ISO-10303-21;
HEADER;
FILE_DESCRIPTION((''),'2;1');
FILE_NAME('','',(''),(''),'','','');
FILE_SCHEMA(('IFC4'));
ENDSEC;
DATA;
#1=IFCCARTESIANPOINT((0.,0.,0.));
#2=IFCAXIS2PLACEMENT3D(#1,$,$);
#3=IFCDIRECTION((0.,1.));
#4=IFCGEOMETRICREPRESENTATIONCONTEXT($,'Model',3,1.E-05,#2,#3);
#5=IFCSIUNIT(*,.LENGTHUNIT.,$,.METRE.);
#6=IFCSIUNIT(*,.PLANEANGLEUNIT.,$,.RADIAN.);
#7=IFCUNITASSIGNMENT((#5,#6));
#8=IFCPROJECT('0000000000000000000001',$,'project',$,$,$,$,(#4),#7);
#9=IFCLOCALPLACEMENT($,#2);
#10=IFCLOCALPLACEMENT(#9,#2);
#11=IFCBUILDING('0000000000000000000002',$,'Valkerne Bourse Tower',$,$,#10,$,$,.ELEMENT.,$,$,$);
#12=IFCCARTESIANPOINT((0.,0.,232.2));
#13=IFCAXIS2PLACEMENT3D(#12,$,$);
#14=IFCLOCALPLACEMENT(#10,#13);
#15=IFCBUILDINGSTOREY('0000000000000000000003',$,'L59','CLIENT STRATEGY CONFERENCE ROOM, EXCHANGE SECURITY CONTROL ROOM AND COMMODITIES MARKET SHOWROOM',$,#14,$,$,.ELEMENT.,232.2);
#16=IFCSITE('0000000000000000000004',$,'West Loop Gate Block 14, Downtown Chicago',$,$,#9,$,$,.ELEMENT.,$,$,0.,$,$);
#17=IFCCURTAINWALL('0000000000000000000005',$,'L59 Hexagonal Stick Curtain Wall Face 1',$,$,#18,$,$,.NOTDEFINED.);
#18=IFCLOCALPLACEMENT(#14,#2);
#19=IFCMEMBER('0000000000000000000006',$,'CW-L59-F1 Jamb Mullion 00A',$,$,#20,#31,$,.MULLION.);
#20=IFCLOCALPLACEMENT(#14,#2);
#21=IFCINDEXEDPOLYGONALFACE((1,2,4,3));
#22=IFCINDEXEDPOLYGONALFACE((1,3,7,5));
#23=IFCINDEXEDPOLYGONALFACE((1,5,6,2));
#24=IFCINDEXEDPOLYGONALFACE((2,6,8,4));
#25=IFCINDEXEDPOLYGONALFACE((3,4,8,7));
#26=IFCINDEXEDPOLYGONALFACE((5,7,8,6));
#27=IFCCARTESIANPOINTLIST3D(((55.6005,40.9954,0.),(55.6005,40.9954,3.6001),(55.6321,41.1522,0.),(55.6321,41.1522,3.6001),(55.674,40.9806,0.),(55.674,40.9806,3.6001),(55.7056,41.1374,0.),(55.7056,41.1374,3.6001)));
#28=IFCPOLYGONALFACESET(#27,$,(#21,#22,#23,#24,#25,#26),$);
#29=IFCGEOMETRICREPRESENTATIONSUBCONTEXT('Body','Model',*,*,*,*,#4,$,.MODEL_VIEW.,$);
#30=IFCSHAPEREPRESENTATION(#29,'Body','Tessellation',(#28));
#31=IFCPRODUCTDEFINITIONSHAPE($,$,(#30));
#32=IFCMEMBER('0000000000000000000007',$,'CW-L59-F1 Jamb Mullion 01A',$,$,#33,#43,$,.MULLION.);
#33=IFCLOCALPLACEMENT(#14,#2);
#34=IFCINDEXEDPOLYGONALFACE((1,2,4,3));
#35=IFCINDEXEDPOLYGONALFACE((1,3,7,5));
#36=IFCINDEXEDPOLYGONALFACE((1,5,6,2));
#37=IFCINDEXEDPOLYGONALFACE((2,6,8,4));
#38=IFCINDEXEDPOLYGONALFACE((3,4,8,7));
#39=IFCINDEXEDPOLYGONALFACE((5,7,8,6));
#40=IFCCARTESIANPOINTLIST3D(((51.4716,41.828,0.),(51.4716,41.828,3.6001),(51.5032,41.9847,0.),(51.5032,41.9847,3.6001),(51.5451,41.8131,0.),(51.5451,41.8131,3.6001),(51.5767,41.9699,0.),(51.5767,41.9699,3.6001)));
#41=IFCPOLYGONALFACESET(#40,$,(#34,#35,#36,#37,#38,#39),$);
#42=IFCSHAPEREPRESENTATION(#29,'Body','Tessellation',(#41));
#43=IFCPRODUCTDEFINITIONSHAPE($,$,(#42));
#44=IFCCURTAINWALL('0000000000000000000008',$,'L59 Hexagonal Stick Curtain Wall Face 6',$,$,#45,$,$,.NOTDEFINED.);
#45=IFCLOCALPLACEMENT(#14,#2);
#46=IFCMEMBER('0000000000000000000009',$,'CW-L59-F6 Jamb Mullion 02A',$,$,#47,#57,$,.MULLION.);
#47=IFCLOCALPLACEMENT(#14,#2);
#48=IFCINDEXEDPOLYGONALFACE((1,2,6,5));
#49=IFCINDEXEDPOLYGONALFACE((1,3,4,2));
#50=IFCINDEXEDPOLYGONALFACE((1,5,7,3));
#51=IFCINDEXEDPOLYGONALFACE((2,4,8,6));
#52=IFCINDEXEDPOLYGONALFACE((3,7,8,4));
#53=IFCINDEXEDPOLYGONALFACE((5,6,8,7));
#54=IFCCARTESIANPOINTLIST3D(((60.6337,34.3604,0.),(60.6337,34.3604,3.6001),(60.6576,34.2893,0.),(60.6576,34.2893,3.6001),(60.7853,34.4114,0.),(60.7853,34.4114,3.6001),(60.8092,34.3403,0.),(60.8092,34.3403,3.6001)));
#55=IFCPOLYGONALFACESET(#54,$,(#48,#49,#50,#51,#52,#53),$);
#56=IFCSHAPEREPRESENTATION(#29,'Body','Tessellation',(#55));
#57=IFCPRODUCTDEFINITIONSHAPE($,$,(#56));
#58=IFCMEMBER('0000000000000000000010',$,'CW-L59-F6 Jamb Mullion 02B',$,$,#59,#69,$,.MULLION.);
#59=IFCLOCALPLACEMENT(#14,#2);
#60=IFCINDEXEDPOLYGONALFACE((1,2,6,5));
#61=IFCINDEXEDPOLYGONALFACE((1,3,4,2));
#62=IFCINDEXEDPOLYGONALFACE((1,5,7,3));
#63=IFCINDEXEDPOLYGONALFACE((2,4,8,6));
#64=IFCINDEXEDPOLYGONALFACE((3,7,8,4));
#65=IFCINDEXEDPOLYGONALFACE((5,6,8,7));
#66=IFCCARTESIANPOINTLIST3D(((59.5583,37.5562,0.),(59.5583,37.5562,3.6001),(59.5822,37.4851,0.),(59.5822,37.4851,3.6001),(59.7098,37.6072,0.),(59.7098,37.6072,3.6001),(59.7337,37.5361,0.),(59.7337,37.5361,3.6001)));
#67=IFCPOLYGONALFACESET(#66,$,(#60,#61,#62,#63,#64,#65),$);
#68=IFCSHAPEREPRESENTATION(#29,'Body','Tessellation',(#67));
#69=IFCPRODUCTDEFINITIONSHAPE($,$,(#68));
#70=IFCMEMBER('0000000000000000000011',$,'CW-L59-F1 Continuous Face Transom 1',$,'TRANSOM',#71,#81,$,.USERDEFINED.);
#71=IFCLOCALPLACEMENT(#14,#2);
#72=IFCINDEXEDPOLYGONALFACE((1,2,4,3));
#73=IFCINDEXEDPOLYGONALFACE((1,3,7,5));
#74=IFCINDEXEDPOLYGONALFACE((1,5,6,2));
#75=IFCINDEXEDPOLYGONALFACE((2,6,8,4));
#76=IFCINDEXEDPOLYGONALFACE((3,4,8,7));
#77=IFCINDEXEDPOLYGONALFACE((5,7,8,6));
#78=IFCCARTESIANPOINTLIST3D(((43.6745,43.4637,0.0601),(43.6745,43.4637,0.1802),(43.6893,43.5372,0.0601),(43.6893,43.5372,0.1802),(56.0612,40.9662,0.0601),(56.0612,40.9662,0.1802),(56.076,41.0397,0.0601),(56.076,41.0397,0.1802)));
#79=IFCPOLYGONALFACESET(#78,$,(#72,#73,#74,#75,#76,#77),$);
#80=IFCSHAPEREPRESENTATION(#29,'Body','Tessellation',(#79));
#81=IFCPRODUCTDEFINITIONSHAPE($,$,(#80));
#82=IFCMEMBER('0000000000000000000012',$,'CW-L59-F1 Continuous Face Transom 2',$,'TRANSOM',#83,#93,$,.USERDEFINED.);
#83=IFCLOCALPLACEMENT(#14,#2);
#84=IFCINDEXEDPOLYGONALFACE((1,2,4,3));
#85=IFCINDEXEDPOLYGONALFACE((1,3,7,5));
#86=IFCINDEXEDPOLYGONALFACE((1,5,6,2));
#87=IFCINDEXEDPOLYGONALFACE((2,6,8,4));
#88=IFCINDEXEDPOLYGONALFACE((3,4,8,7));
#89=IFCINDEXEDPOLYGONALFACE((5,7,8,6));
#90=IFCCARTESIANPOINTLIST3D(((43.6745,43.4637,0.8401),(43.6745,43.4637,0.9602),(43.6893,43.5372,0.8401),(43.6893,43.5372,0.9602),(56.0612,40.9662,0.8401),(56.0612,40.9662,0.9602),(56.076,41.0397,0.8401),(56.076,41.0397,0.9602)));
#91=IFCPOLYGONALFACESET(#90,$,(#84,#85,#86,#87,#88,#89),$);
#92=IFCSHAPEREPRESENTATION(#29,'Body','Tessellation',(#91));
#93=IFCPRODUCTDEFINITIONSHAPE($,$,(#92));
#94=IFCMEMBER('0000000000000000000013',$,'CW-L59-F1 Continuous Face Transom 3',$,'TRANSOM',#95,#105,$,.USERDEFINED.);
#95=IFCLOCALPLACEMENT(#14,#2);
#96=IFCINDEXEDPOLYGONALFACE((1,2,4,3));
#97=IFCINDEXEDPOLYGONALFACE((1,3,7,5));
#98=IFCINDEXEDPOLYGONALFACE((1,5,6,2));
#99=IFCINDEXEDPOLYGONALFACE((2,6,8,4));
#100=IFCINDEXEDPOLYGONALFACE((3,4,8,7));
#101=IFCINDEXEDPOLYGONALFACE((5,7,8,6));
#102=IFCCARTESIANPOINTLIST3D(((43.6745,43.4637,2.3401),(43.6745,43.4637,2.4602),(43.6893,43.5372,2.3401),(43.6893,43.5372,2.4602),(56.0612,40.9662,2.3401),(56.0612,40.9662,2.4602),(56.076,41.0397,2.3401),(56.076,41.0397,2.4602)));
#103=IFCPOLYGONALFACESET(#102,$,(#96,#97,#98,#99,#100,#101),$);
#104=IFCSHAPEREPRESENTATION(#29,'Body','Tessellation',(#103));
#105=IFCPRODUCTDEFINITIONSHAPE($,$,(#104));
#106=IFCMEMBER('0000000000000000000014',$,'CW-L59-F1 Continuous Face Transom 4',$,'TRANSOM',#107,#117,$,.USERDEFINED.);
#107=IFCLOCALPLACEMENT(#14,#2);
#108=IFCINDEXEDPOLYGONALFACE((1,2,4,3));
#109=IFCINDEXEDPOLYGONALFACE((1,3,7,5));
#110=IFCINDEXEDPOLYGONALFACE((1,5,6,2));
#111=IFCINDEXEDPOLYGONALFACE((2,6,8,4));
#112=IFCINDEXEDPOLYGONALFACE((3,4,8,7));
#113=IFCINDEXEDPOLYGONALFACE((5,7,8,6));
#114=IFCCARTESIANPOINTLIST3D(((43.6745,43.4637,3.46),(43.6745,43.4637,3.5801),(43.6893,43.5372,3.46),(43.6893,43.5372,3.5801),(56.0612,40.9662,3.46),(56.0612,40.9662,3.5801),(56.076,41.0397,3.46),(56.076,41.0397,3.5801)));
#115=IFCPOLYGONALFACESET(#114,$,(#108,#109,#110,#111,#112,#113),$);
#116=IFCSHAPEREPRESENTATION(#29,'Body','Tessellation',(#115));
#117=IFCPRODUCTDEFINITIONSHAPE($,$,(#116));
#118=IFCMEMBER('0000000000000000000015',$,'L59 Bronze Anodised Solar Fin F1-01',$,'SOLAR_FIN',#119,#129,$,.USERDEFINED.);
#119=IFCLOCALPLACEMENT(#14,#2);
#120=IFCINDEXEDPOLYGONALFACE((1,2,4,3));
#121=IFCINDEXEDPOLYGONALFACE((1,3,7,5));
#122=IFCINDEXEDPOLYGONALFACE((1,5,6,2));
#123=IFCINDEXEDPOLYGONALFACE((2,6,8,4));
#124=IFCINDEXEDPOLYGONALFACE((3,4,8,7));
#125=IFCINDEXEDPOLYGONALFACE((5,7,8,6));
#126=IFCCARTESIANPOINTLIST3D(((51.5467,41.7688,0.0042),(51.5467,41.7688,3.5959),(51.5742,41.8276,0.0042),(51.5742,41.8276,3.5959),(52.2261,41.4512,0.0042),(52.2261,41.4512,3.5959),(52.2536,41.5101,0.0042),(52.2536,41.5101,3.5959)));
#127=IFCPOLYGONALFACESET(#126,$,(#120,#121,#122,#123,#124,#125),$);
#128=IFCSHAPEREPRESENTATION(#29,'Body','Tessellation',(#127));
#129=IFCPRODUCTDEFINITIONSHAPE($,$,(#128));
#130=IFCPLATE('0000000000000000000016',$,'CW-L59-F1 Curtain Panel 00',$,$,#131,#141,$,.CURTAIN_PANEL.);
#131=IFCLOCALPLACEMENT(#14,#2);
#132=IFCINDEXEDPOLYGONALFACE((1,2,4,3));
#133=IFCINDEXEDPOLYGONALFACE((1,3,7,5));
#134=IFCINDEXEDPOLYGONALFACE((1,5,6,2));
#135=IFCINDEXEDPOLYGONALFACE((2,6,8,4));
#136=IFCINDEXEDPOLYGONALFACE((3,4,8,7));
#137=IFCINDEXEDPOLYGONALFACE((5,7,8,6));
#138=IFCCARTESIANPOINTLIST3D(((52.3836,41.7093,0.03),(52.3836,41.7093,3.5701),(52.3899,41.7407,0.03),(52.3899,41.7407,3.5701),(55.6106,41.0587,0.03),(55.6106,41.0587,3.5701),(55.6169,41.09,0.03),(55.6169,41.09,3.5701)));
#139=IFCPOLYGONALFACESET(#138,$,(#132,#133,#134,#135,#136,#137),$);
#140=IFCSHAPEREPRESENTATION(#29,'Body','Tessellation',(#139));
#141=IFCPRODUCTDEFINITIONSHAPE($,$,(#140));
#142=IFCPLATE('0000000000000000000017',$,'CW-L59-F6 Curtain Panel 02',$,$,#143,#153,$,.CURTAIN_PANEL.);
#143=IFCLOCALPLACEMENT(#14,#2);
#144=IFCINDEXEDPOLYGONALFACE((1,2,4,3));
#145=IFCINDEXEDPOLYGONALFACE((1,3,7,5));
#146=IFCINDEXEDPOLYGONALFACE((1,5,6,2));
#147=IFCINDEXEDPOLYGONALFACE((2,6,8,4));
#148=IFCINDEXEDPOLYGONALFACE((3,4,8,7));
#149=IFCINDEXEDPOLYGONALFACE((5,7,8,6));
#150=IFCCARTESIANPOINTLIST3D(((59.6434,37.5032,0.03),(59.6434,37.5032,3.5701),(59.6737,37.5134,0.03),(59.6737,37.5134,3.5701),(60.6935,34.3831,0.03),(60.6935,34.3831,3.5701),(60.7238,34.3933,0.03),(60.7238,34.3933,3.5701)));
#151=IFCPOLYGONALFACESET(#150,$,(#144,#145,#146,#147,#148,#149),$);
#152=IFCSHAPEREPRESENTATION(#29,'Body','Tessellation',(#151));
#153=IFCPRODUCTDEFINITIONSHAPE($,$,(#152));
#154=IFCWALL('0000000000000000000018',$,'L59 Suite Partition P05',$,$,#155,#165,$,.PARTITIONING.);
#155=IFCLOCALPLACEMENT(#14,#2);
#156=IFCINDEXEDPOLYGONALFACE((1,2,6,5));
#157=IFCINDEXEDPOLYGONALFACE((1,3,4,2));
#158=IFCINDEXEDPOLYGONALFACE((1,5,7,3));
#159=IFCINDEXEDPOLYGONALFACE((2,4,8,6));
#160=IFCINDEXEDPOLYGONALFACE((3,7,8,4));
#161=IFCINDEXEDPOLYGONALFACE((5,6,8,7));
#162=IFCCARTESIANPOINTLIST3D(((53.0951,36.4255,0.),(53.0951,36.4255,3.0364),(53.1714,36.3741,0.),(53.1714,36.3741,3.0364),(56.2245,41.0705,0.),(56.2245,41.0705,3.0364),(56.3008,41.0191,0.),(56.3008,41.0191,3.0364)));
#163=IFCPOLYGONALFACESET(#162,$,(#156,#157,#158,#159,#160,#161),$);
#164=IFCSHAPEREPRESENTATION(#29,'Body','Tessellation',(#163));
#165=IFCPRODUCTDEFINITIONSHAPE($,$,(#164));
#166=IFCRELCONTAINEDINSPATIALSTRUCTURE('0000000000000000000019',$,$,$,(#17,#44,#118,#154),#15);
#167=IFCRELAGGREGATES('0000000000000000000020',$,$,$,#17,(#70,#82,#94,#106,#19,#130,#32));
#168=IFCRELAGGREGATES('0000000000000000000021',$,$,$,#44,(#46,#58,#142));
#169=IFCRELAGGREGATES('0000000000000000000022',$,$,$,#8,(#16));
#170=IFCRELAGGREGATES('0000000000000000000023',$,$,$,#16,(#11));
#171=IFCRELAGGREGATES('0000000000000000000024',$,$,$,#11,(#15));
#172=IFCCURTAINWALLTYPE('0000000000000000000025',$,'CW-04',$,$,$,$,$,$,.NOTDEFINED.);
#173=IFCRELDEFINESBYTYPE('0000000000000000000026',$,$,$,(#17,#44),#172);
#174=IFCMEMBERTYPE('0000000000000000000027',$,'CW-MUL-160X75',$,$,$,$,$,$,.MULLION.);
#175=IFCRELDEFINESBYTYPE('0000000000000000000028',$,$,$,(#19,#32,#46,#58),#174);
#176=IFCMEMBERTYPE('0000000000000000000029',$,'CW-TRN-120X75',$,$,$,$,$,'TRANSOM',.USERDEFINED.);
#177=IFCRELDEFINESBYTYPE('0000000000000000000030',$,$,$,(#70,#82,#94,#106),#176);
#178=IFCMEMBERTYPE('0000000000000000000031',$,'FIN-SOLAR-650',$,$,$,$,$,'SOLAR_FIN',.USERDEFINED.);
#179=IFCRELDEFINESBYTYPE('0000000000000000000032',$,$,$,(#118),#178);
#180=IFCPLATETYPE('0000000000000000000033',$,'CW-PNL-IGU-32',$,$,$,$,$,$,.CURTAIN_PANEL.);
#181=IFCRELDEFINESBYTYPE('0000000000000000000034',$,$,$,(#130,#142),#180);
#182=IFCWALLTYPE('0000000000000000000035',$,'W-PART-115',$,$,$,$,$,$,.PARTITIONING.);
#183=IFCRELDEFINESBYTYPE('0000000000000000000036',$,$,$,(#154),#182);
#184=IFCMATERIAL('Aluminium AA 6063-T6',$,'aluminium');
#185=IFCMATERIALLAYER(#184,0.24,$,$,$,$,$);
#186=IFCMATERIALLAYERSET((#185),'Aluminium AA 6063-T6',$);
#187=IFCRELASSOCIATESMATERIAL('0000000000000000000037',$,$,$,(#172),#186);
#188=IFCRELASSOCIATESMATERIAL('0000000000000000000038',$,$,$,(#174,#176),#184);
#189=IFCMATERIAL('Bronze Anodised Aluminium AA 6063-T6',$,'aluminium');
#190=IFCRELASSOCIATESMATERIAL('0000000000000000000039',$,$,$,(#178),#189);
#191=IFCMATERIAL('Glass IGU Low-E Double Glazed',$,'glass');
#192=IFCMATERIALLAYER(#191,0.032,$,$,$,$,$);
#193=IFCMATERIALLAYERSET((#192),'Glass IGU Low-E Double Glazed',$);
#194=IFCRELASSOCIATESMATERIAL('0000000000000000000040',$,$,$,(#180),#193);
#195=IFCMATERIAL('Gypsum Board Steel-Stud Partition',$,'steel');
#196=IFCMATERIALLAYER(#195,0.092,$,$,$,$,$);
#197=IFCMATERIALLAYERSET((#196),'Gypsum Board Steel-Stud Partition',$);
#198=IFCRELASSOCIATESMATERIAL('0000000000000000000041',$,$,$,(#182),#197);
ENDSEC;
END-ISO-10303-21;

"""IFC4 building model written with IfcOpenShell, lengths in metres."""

from ifc_helpers import new_model, si_unit, direction, frame, frame_2d, origin, origin_2d, place, context, subcontext, project, spatial, rectangle, extrude, material, layer, layer_set, material_profile, profile_set, type_object, element, aggregate, save


model = new_model("IFC4")

# Units and contexts
model_context = context("Model", 3, precision=1e-05, world=origin(), true_north=direction((0.0, 1.0)))
body_context = subcontext(model_context, "Body", "Model", "MODEL_VIEW")
ifc_project = project(units=[si_unit("LENGTHUNIT", "METRE"), si_unit("PLANEANGLEUNIT", "RADIAN")], contexts=[model_context])

# Site, building, storey
site_placement = place(None, origin())
site = spatial("IfcSite", under=ifc_project, at=site_placement, Name="West Loop Gate Block 14, Downtown Chicago", CompositionType="ELEMENT", RefElevation=0.0)
building_placement = place(site_placement, origin())
building = spatial("IfcBuilding", under=site, at=building_placement, Name="Valkerne Bourse Tower", CompositionType="ELEMENT")
storey_placement = place(building_placement, frame((0.0, 0.0, 232.2)))
storey = spatial("IfcBuildingStorey", under=building, at=storey_placement, Name="L59", Description="CLIENT STRATEGY CONFERENCE ROOM, EXCHANGE SECURITY CONTROL ROOM AND COMMODITIES MARKET SHOWROOM", CompositionType="ELEMENT", Elevation=232.2)

# Curtain walls, members
ifc_material_1 = material(Name="Aluminium AA 6063-T6", Category="aluminium")
ifc_layer_1 = layer(ifc_material_1, 0.24)
ifc_layer_set_1 = layer_set([ifc_layer_1], Name="Aluminium AA 6063-T6")
curtain_wall_type = type_object("IfcCurtainWallType", Name="CW-04", PredefinedType="NOTDEFINED", material=ifc_layer_set_1)
curtain_wall_1_placement = place(storey_placement, origin())
curtain_wall_1 = element("IfcCurtainWall", 1, at=curtain_wall_1_placement, inside=storey, type_object=curtain_wall_type, Name="L59 Hexagonal Stick Curtain Wall Face 1", PredefinedType="NOTDEFINED")
ifc_material_profile_1 = material_profile(ifc_material_1, rectangle(XDim=0.075, YDim=0.1599, at=origin_2d()), Name="CWM-75X160")
ifc_profile_set_1 = profile_set([ifc_material_profile_1], Name="Aluminium AA 6063-T6")
member_type_1 = type_object("IfcMemberType", Name="CW-MUL-160X75", PredefinedType="MULLION", material=ifc_profile_set_1)
member_1_placement = place(storey_placement, frame((55.6531, 41.0664, 0.0), z_axis=(0.0, 0.0, 1.0), x_axis=(-0.980273, 0.19765, 0.0)))
member_1 = element("IfcMember", 2, at=member_1_placement, type_object=member_type_1, Name="CW-L59-F1 Jamb Mullion 00A", PredefinedType="MULLION", context=body_context, shape_type="SweptSolid", body=[
    extrude(rectangle(XDim=0.075, YDim=0.1599, at=origin_2d()), origin(), (0.0, 0.0, 1.0), 3.6001),
])
member_2_placement = place(storey_placement, frame((51.5242, 41.8989, 0.0), z_axis=(0.0, 0.0, 1.0), x_axis=(-0.980268, 0.197673, 0.0)))
member_2 = element("IfcMember", 3, at=member_2_placement, type_object=member_type_1, Name="CW-L59-F1 Jamb Mullion 01A", PredefinedType="MULLION", context=body_context, shape_type="SweptSolid", body=[
    extrude(rectangle(XDim=0.075, YDim=0.1599, at=origin_2d()), origin(), (0.0, 0.0, 1.0), 3.6001),
])
curtain_wall_2_placement = place(storey_placement, origin())
curtain_wall_2 = element("IfcCurtainWall", 4, at=curtain_wall_2_placement, inside=storey, type_object=curtain_wall_type, Name="L59 Hexagonal Stick Curtain Wall Face 6", PredefinedType="NOTDEFINED")
member_3_placement = place(storey_placement, frame((60.7214, 34.3503, 0.0), z_axis=(0.0, 0.0, 1.0), x_axis=(-0.318969, 0.947765, 0.0)))
member_3 = element("IfcMember", 5, at=member_3_placement, type_object=member_type_1, Name="CW-L59-F6 Jamb Mullion 02A", PredefinedType="MULLION", context=body_context, shape_type="SweptSolid", body=[
    extrude(rectangle(XDim=0.075, YDim=0.1599, at=origin_2d()), origin(), (0.0, 0.0, 1.0), 3.6001),
])
member_4_placement = place(storey_placement, frame((59.646, 37.5461, 0.0), z_axis=(0.0, 0.0, 1.0), x_axis=(-0.318969, 0.947765, 0.0)))
member_4 = element("IfcMember", 6, at=member_4_placement, type_object=member_type_1, Name="CW-L59-F6 Jamb Mullion 02B", PredefinedType="MULLION", context=body_context, shape_type="SweptSolid", body=[
    extrude(rectangle(XDim=0.075, YDim=0.1599, at=origin_2d()), origin(), (0.0, 0.0, 1.0), 3.6001),
])

# Members
ifc_material_profile_2 = material_profile(ifc_material_1, rectangle(XDim=0.075, YDim=0.1201, at=origin_2d()), Name="CWT-75X120")
ifc_profile_set_2 = profile_set([ifc_material_profile_2], Name="Aluminium AA 6063-T6")
member_type_2 = type_object("IfcMemberType", Name="CW-TRN-120X75", ElementType="TRANSOM", PredefinedType="USERDEFINED", material=ifc_profile_set_2)
member_5_placement = place(storey_placement, frame((56.0686, 41.0029, 0.1201), z_axis=(-0.980272, 0.197654, 0.0), x_axis=(-0.197654, -0.980272, 0.0)))
member_5 = element("IfcMember", 7, at=member_5_placement, type_object=member_type_2, Name="CW-L59-F1 Continuous Face Transom 1", ObjectType="TRANSOM", PredefinedType="USERDEFINED", context=body_context, shape_type="SweptSolid", body=[
    extrude(rectangle(XDim=0.075, YDim=0.1201, at=origin_2d()), origin(), (0.0, 0.0, 1.0), 12.636),
])
member_6_placement = place(storey_placement, frame((56.0686, 41.0029, 0.9001), z_axis=(-0.980272, 0.197654, 0.0), x_axis=(-0.197654, -0.980272, 0.0)))
member_6 = element("IfcMember", 8, at=member_6_placement, type_object=member_type_2, Name="CW-L59-F1 Continuous Face Transom 2", ObjectType="TRANSOM", PredefinedType="USERDEFINED", context=body_context, shape_type="SweptSolid", body=[
    extrude(rectangle(XDim=0.075, YDim=0.1201, at=origin_2d()), origin(), (0.0, 0.0, 1.0), 12.636),
])
member_7_placement = place(storey_placement, frame((56.0686, 41.0029, 2.4001), z_axis=(-0.980272, 0.197654, 0.0), x_axis=(-0.197654, -0.980272, 0.0)))
member_7 = element("IfcMember", 9, at=member_7_placement, type_object=member_type_2, Name="CW-L59-F1 Continuous Face Transom 3", ObjectType="TRANSOM", PredefinedType="USERDEFINED", context=body_context, shape_type="SweptSolid", body=[
    extrude(rectangle(XDim=0.075, YDim=0.1201, at=origin_2d()), origin(), (0.0, 0.0, 1.0), 12.636),
])
member_8_placement = place(storey_placement, frame((56.0686, 41.0029, 3.52), z_axis=(-0.980272, 0.197654, 0.0), x_axis=(-0.197654, -0.980272, 0.0)))
member_8 = element("IfcMember", 10, at=member_8_placement, type_object=member_type_2, Name="CW-L59-F1 Continuous Face Transom 4", ObjectType="TRANSOM", PredefinedType="USERDEFINED", context=body_context, shape_type="SweptSolid", body=[
    extrude(rectangle(XDim=0.075, YDim=0.1201, at=origin_2d()), origin(), (0.0, 0.0, 1.0), 12.636),
])
ifc_material_2 = material(Name="Bronze Anodised Aluminium AA 6063-T6", Category="aluminium")
ifc_material_profile_3 = material_profile(ifc_material_2, rectangle(XDim=0.0649, YDim=0.75, at=origin_2d()), Name="FIN-65X750")
ifc_profile_set_3 = profile_set([ifc_material_profile_3], Name="Bronze Anodised Aluminium AA 6063-T6")
member_type_3 = type_object("IfcMemberType", Name="FIN-SOLAR-650", ElementType="SOLAR_FIN", PredefinedType="USERDEFINED", material=ifc_profile_set_3)
member_9_placement = place(storey_placement, frame((51.9001, 41.6394, 0.0042), z_axis=(0.0, 0.0, 1.0), x_axis=(0.42337, 0.905957, 0.0)))
element("IfcMember", 11, at=member_9_placement, inside=storey, type_object=member_type_3, Name="L59 Bronze Anodised Solar Fin F1-01", ObjectType="SOLAR_FIN", PredefinedType="USERDEFINED", context=body_context, shape_type="SweptSolid", body=[
    extrude(rectangle(XDim=0.0649, YDim=0.75, at=origin_2d()), origin(), (0.0, 0.0, 1.0), 3.5918),
])

# Plates
ifc_material_3 = material(Name="Glass IGU Low-E Double Glazed", Category="glass")
ifc_layer_2 = layer(ifc_material_3, 0.032)
ifc_layer_set_2 = layer_set([ifc_layer_2], Name="Glass IGU Low-E Double Glazed")
plate_type = type_object("IfcPlateType", Name="CW-PNL-IGU-32", PredefinedType="CURTAIN_PANEL", material=ifc_layer_set_2)
plate_1_placement = place(storey_placement, frame((54.0002, 41.3997, 0.03), z_axis=(0.0, 0.0, 1.0), x_axis=(-0.980273, 0.19765, 0.0)))
plate_1 = element("IfcPlate", 12, at=plate_1_placement, type_object=plate_type, Name="CW-L59-F1 Curtain Panel 00", PredefinedType="CURTAIN_PANEL", context=body_context, shape_type="SweptSolid", body=[
    extrude(rectangle(XDim=3.292, YDim=0.032, at=origin_2d()), origin(), (0.0, 0.0, 1.0), 3.54),
])
aggregate(curtain_wall_1, [member_5, member_6, member_7, member_8, member_1, plate_1, member_2])
plate_2_placement = place(storey_placement, frame((60.1836, 35.9482, 0.03), z_axis=(0.0, 0.0, 1.0), x_axis=(-0.318969, 0.947765, 0.0)))
plate_2 = element("IfcPlate", 13, at=plate_2_placement, type_object=plate_type, Name="CW-L59-F6 Curtain Panel 02", PredefinedType="CURTAIN_PANEL", context=body_context, shape_type="SweptSolid", body=[
    extrude(rectangle(XDim=3.292, YDim=0.032, at=origin_2d()), origin(), (0.0, 0.0, 1.0), 3.54),
])
aggregate(curtain_wall_2, [member_3, member_4, plate_2])

# Wall
ifc_material_4 = material(Name="Gypsum Board Steel-Stud Partition", Category="steel")
ifc_layer_3 = layer(ifc_material_4, 0.092)
ifc_layer_set_3 = layer_set([ifc_layer_3], Name="Gypsum Board Steel-Stud Partition")
wall_type = type_object("IfcWallType", Name="W-PART-115", PredefinedType="PARTITIONING", material=ifc_layer_set_3)
wall_placement = place(storey_placement, frame((53.1333, 36.3999, 0.0), z_axis=(0.0, 0.0, 1.0), x_axis=(0.558737, 0.829345, 0.0)))
element("IfcWall", 14, at=wall_placement, inside=storey, type_object=wall_type, Name="L59 Suite Partition P05", PredefinedType="PARTITIONING", context=body_context, shape_type="SweptSolid", body=[
    extrude(rectangle(XDim=5.6008, YDim=0.092, at=frame_2d((2.8003, 0.0))), origin(), (0.0, 0.0, 1.0), 3.0364),
])

save(model, "model.ifc")
